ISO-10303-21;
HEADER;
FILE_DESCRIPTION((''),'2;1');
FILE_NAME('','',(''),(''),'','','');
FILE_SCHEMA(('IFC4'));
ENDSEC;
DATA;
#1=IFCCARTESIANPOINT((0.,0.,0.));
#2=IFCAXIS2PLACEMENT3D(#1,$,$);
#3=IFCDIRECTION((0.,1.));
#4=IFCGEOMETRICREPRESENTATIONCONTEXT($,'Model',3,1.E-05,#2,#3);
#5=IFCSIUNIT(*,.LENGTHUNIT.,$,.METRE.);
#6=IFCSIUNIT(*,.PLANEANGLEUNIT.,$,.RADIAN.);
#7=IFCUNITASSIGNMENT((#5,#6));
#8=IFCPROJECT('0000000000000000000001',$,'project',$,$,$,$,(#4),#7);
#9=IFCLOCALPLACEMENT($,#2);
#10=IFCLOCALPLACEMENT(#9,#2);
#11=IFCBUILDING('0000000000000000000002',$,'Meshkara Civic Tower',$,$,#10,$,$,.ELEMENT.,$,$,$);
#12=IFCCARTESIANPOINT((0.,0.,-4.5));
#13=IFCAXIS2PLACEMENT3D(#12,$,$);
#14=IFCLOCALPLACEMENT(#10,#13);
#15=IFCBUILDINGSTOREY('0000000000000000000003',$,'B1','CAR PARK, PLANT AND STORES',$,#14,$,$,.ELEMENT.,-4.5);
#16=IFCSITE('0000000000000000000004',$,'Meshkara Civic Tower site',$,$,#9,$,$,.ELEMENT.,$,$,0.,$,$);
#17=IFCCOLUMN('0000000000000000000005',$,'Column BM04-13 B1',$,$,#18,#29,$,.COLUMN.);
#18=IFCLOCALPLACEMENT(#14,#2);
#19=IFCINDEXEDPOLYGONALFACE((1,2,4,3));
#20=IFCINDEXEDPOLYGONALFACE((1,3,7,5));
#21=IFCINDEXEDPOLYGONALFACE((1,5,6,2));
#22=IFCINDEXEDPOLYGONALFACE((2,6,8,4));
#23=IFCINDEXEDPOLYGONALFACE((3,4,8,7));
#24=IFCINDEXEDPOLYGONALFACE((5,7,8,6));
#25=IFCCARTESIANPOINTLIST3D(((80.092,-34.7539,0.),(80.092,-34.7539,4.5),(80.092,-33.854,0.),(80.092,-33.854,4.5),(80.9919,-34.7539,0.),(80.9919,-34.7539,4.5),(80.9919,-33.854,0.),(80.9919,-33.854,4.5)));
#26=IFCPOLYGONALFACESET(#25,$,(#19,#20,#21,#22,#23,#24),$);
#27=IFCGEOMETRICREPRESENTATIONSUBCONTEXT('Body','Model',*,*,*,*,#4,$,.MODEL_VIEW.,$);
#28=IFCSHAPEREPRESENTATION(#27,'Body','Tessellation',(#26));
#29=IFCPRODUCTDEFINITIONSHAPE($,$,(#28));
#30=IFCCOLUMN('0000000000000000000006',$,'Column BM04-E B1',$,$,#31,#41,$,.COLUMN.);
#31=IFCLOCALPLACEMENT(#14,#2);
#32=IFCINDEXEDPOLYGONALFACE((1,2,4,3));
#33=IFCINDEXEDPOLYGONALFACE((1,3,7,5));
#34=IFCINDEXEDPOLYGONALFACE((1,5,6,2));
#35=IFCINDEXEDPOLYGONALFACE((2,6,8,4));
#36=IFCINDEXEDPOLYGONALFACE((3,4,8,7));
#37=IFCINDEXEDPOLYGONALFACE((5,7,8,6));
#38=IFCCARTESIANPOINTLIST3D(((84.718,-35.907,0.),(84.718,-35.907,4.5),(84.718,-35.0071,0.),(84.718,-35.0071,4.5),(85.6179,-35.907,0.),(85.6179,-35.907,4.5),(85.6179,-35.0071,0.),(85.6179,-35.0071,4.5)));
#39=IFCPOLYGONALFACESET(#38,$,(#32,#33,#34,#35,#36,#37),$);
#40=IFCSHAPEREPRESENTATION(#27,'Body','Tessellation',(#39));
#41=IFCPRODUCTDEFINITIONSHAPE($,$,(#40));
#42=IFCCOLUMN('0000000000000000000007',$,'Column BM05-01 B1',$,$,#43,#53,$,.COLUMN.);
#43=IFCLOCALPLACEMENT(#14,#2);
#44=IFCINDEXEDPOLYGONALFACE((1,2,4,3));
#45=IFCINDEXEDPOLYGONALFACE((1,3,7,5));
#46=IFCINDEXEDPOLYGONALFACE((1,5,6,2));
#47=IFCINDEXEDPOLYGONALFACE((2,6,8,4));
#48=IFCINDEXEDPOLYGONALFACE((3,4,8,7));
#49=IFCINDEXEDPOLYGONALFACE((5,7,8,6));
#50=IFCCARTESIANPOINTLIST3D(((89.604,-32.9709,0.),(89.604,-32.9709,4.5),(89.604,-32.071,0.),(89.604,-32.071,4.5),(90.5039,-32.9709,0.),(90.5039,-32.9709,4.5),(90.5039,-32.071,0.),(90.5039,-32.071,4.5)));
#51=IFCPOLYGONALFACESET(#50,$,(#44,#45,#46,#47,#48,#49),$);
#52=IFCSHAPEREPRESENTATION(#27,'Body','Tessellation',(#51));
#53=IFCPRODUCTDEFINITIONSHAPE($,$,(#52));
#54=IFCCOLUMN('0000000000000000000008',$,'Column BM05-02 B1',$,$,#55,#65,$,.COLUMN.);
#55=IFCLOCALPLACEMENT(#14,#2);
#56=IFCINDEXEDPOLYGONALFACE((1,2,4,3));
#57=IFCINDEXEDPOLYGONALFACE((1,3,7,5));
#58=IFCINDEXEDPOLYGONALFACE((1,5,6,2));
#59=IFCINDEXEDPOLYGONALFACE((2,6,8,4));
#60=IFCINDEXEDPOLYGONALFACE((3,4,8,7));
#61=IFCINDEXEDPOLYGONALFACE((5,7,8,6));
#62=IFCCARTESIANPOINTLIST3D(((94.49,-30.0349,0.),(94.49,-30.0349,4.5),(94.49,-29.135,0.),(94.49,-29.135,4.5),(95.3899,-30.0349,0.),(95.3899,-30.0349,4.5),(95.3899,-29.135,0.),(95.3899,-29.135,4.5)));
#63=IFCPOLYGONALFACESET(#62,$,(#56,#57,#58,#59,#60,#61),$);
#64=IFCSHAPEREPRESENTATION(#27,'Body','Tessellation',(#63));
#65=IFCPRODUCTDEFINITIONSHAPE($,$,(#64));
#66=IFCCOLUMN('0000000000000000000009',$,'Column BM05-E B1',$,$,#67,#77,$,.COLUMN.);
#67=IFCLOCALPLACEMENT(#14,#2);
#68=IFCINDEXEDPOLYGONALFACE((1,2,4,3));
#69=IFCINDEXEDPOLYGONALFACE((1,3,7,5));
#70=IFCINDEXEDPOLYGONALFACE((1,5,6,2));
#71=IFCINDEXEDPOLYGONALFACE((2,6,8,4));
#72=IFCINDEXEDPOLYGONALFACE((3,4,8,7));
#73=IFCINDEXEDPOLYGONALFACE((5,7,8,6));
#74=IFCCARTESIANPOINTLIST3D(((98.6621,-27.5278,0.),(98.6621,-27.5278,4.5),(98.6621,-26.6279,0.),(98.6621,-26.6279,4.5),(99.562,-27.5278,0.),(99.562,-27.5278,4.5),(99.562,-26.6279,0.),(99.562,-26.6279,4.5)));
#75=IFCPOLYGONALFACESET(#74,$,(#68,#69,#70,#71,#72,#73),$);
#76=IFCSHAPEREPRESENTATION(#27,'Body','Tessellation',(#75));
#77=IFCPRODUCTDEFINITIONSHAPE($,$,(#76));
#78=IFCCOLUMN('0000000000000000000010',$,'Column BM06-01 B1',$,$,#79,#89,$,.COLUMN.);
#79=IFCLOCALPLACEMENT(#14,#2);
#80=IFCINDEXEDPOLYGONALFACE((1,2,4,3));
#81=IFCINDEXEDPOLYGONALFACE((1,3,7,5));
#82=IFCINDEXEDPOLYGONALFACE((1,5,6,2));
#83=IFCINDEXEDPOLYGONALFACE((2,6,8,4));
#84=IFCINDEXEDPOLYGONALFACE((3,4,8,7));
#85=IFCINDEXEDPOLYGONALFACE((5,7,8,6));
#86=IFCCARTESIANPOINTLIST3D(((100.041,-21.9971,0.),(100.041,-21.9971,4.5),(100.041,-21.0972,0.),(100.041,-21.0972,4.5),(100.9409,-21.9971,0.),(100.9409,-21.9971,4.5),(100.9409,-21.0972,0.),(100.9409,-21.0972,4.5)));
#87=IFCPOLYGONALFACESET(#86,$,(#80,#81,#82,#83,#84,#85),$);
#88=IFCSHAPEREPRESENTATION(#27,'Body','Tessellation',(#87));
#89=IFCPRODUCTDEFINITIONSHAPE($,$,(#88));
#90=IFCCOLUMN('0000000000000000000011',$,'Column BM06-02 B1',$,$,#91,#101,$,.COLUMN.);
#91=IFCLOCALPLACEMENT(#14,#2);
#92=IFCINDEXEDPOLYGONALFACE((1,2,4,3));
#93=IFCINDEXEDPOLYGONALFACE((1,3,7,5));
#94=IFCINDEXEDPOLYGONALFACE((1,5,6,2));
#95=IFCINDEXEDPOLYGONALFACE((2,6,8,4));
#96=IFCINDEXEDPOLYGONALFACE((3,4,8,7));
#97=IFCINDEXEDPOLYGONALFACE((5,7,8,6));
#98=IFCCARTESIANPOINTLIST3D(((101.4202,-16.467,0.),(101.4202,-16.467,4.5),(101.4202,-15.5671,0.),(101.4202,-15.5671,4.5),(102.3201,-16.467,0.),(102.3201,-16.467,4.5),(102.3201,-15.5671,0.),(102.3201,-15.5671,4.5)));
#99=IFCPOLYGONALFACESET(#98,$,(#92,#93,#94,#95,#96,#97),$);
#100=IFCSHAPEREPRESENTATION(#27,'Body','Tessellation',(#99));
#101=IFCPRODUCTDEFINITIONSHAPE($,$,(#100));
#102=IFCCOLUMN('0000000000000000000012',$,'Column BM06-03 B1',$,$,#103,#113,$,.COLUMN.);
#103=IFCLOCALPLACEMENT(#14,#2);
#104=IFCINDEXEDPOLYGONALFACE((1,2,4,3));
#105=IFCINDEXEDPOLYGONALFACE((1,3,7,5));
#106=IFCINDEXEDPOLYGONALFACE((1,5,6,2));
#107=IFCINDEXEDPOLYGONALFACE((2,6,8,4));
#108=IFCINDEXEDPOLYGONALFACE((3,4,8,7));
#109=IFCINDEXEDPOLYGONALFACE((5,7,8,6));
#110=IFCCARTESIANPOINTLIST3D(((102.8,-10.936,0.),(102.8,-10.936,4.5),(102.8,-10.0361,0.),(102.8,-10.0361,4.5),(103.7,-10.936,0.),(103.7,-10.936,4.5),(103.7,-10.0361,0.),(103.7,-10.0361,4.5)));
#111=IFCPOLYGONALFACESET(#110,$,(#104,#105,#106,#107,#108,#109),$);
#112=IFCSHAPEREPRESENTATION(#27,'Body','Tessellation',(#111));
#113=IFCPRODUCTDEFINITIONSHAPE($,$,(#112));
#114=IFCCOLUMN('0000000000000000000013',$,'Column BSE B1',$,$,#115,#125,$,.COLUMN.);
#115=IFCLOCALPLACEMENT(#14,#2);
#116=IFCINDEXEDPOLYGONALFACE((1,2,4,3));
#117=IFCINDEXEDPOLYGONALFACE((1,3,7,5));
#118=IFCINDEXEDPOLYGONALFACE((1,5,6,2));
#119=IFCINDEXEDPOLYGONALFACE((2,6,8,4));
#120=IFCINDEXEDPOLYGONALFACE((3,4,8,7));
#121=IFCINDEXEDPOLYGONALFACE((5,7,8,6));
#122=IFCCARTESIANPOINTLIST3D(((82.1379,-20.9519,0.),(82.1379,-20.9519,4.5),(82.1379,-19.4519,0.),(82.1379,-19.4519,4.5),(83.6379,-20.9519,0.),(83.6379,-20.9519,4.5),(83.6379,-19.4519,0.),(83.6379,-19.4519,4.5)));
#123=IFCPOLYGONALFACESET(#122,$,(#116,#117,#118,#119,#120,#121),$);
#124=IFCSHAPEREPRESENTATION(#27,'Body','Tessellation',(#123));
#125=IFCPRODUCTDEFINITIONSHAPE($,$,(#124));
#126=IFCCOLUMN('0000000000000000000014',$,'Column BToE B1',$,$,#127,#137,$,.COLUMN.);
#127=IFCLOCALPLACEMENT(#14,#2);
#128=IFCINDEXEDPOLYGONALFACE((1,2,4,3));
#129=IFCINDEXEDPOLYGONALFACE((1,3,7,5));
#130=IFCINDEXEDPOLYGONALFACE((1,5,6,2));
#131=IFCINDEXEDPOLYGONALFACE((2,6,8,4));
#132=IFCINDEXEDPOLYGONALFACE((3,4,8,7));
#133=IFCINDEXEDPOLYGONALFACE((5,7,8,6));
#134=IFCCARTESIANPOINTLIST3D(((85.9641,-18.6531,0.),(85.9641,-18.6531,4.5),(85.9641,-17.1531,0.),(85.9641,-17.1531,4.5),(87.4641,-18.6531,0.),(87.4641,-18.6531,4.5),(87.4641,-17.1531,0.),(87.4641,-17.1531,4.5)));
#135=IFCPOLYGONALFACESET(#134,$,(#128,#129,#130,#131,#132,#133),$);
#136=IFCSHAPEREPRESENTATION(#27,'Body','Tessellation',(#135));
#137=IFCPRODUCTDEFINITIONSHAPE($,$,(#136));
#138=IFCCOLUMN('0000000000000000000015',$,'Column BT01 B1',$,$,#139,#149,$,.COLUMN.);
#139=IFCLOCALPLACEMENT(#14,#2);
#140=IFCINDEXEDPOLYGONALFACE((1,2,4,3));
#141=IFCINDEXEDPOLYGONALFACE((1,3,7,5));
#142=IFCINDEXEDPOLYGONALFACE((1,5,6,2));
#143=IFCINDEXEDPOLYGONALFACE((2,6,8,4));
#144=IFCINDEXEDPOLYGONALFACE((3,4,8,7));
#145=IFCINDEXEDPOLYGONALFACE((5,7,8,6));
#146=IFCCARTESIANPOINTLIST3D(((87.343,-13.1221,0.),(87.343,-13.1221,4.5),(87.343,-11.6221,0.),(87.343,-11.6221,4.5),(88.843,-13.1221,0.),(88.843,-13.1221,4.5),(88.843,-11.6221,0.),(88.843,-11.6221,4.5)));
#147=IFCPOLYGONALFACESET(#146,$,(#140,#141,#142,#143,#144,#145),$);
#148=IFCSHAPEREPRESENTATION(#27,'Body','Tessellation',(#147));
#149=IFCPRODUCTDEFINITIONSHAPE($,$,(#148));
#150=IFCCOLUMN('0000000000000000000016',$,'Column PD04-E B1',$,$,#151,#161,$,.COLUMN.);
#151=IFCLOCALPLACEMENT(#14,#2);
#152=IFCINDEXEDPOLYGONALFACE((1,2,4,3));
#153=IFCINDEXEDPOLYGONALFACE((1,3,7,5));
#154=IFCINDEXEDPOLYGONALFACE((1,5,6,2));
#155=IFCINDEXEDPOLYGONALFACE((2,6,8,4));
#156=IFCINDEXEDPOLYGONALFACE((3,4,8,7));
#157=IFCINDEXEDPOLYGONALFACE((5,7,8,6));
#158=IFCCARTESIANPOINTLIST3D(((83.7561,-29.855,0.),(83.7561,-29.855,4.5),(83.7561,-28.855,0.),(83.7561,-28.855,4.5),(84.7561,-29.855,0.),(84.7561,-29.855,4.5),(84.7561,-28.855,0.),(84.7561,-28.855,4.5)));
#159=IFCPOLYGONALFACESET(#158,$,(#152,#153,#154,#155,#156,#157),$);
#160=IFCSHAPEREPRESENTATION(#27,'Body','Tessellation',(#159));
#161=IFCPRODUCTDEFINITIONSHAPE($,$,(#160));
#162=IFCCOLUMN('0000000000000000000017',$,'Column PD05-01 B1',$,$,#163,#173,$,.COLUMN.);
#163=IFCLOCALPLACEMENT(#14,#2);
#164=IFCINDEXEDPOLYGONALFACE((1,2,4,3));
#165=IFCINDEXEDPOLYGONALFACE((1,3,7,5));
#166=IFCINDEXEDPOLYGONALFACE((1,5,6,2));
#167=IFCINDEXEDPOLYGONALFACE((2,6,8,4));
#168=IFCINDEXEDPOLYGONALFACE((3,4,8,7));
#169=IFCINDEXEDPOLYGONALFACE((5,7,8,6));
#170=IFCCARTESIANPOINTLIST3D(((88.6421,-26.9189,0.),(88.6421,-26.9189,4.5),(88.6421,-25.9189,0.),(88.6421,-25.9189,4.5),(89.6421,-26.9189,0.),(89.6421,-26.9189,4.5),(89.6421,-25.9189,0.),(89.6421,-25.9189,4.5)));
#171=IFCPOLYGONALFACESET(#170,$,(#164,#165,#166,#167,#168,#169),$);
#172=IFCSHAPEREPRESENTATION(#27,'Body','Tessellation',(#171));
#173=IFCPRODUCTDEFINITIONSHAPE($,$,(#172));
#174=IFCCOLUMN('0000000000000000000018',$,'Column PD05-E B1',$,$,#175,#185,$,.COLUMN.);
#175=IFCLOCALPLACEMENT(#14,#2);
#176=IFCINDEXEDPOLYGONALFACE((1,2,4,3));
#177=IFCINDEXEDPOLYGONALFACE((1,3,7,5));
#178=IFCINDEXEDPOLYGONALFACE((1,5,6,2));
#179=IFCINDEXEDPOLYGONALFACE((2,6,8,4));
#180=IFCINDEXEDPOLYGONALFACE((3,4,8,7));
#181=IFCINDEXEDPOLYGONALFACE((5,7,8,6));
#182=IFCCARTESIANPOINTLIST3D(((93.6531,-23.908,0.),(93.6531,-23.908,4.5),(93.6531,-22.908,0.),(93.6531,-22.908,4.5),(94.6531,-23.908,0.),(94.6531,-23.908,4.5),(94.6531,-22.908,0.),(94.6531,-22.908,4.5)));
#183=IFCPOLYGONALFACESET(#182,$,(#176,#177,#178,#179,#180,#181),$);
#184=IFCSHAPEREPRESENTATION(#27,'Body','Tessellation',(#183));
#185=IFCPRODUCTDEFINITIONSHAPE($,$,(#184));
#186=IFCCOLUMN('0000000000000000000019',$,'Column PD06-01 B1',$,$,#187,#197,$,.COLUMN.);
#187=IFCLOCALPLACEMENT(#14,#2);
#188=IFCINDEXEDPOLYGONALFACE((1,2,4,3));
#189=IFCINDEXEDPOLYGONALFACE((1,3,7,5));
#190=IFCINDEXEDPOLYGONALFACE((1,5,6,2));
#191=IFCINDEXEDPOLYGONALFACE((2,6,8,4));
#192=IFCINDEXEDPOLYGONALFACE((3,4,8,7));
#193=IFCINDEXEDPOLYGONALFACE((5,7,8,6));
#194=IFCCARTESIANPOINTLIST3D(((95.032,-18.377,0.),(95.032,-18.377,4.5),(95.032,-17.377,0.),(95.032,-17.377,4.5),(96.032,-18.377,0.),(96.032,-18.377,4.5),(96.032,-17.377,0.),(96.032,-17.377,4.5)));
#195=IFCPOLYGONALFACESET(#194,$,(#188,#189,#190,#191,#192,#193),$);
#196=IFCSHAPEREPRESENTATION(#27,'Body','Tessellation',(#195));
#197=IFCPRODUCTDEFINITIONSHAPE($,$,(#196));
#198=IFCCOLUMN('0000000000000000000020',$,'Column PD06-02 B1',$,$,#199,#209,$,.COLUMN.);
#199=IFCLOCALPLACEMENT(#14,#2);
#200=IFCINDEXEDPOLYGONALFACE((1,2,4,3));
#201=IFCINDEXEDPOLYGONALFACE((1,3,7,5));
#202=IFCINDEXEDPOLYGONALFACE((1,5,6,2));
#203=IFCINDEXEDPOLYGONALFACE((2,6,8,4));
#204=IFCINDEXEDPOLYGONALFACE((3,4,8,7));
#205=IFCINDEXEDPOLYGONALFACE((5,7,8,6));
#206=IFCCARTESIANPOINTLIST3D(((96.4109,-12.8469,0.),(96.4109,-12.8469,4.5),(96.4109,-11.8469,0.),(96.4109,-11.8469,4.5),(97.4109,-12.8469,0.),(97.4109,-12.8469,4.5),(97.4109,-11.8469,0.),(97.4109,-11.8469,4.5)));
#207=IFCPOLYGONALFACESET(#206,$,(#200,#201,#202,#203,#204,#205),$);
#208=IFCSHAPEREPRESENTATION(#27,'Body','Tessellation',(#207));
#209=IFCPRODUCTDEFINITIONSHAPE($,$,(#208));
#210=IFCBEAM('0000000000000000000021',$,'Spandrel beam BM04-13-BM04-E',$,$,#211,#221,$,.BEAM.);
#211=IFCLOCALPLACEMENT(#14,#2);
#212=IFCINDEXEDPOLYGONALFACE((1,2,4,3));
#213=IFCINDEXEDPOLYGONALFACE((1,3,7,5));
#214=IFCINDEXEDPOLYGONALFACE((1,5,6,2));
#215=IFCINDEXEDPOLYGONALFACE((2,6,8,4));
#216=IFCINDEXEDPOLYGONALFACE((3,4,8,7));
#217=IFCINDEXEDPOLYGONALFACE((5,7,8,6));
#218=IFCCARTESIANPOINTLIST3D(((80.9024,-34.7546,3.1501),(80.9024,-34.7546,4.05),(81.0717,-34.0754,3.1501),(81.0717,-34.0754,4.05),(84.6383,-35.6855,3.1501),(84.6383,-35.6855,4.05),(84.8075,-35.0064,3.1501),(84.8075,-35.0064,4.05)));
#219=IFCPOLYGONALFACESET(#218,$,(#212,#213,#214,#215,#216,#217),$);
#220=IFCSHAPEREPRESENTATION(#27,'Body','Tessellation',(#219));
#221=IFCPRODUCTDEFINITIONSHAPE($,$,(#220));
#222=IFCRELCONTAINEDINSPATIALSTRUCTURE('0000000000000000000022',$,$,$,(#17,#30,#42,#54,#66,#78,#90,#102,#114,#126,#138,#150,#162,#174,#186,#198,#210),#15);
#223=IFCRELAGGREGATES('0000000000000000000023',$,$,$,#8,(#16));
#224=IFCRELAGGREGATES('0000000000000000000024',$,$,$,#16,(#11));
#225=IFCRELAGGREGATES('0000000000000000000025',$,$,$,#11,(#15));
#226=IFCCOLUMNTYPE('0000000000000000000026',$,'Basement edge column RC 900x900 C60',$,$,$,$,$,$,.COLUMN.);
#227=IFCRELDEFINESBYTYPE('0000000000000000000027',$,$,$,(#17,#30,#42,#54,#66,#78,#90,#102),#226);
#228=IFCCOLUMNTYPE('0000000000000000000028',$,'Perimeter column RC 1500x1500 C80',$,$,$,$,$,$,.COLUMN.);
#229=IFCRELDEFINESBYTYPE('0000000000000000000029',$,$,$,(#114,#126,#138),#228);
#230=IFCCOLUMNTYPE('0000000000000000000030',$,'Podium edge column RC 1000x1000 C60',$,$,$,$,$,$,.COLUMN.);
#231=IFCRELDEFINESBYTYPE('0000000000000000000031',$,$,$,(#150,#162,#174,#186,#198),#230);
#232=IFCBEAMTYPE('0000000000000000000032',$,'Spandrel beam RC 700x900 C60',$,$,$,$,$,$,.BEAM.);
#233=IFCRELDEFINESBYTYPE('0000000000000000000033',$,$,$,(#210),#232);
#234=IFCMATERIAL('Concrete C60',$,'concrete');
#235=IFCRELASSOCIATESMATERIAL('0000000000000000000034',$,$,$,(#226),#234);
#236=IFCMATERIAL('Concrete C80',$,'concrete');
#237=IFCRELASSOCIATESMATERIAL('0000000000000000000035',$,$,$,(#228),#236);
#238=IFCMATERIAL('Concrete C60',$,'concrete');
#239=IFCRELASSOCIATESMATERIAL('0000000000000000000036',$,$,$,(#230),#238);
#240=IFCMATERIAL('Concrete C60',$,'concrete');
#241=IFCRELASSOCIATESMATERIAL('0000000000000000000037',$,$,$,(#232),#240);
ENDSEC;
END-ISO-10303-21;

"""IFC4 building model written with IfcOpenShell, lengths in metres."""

from ifc_helpers import new_model, si_unit, direction, frame, origin, origin_2d, place, context, subcontext, project, spatial, rectangle, extrude, material, material_profile, profile_set, type_object, element, save


model = new_model("IFC4")

# Units and contexts
model_context = context("Model", 3, precision=1e-05, world=origin(), true_north=direction((0.0, 1.0)))
body_context = subcontext(model_context, "Body", "Model", "MODEL_VIEW")
ifc_project = project(units=[si_unit("LENGTHUNIT", "METRE"), si_unit("PLANEANGLEUNIT", "RADIAN")], contexts=[model_context])

# Site, building, storey
site_placement = place(None, origin())
site = spatial("IfcSite", under=ifc_project, at=site_placement, Name="Meshkara Civic Tower site", CompositionType="ELEMENT", RefElevation=0.0)
building_placement = place(site_placement, origin())
building = spatial("IfcBuilding", under=site, at=building_placement, Name="Meshkara Civic Tower", CompositionType="ELEMENT")
storey_placement = place(building_placement, frame((0.0, 0.0, -4.5)))
storey = spatial("IfcBuildingStorey", under=building, at=storey_placement, Name="B1", Description="CAR PARK, PLANT AND STORES", CompositionType="ELEMENT", Elevation=-4.5)

# Columns
ifc_material_1 = material(Name="Concrete C60", Category="concrete")
ifc_material_profile_1 = material_profile(ifc_material_1, rectangle(XDim=0.8999, YDim=0.8999, at=origin_2d()))
ifc_profile_set_1 = profile_set([ifc_material_profile_1], Name="Concrete C60")
column_type_1 = type_object("IfcColumnType", Name="Basement edge column RC 900x900 C60", PredefinedType="COLUMN", material=ifc_profile_set_1)
for number, where, z_axis, x_axis, name in (
    (1, (80.542, -34.304, 0.0), (0.0, 0.0, 1.0), (1.0, 0.0, 0.0), "Column BM04-13 B1"),
    (2, (85.168, -35.457, 0.0), (0.0, 0.0, 1.0), (1.0, 0.0, 0.0), "Column BM04-E B1"),
    (3, (90.054, -32.521, 0.0), (0.0, 0.0, 1.0), (1.0, 0.0, 0.0), "Column BM05-01 B1"),
    (4, (94.9399, -29.585, 0.0), (0.0, 0.0, 1.0), (1.0, 0.0, 0.0), "Column BM05-02 B1"),
    (5, (99.1121, -27.0779, 0.0), (0.0, 0.0, 1.0), (1.0, 0.0, 0.0), "Column BM05-E B1"),
    (6, (100.491, -21.5471, 0.0), (0.0, 0.0, 1.0), (1.0, 0.0, 0.0), "Column BM06-01 B1"),
    (7, (101.8701, -16.0171, 0.0), (0.0, 0.0, 1.0), (1.0, 0.0, 0.0), "Column BM06-02 B1"),
    (8, (103.25, -10.4861, 0.0), (0.0, 0.0, 1.0), (1.0, 0.0, 0.0), "Column BM06-03 B1"),
):
    element("IfcColumn", number, at=place(storey_placement, frame(where, z_axis=z_axis, x_axis=x_axis)), inside=storey, type_object=column_type_1, Name=name, PredefinedType="COLUMN", context=body_context, shape_type="SweptSolid", body=[
        extrude(rectangle(XDim=0.8999, YDim=0.8999, at=origin_2d()), origin(), (0.0, 0.0, 1.0), 4.5),
    ])
ifc_material_2 = material(Name="Concrete C80", Category="concrete")
ifc_material_profile_2 = material_profile(ifc_material_2, rectangle(XDim=1.5, YDim=1.5, at=origin_2d()))
ifc_profile_set_2 = profile_set([ifc_material_profile_2], Name="Concrete C80")
column_type_2 = type_object("IfcColumnType", Name="Perimeter column RC 1500x1500 C80", PredefinedType="COLUMN", material=ifc_profile_set_2)
for number, where, z_axis, x_axis, name in (
    (9, (82.8879, -20.2019, 0.0), (0.0, 0.0, 1.0), (1.0, 0.0, 0.0), "Column BSE B1"),
    (10, (86.7141, -17.9031, 0.0), (0.0, 0.0, 1.0), (1.0, 0.0, 0.0), "Column BToE B1"),
    (11, (88.093, -12.3721, 0.0), (0.0, 0.0, 1.0), (1.0, 0.0, 0.0), "Column BT01 B1"),
):
    element("IfcColumn", number, at=place(storey_placement, frame(where, z_axis=z_axis, x_axis=x_axis)), inside=storey, type_object=column_type_2, Name=name, PredefinedType="COLUMN", context=body_context, shape_type="SweptSolid", body=[
        extrude(rectangle(XDim=1.5, YDim=1.5, at=origin_2d()), origin(), (0.0, 0.0, 1.0), 4.5),
    ])
ifc_material_3 = material(Name="Concrete C60", Category="concrete")
ifc_material_profile_3 = material_profile(ifc_material_3, rectangle(XDim=1.0, YDim=1.0, at=origin_2d()))
ifc_profile_set_3 = profile_set([ifc_material_profile_3], Name="Concrete C60")
column_type_3 = type_object("IfcColumnType", Name="Podium edge column RC 1000x1000 C60", PredefinedType="COLUMN", material=ifc_profile_set_3)
for number, where, z_axis, x_axis, name in (
    (12, (84.2561, -29.355, 0.0), (0.0, 0.0, 1.0), (1.0, 0.0, 0.0), "Column PD04-E B1"),
    (13, (89.1421, -26.4189, 0.0), (0.0, 0.0, 1.0), (1.0, 0.0, 0.0), "Column PD05-01 B1"),
    (14, (94.1531, -23.408, 0.0), (0.0, 0.0, 1.0), (1.0, 0.0, 0.0), "Column PD05-E B1"),
    (15, (95.532, -17.877, 0.0), (0.0, 0.0, 1.0), (1.0, 0.0, 0.0), "Column PD06-01 B1"),
    (16, (96.9109, -12.3469, 0.0), (0.0, 0.0, 1.0), (1.0, 0.0, 0.0), "Column PD06-02 B1"),
):
    element("IfcColumn", number, at=place(storey_placement, frame(where, z_axis=z_axis, x_axis=x_axis)), inside=storey, type_object=column_type_3, Name=name, PredefinedType="COLUMN", context=body_context, shape_type="SweptSolid", body=[
        extrude(rectangle(XDim=1.0, YDim=1.0, at=origin_2d()), origin(), (0.0, 0.0, 1.0), 4.5),
    ])

# Beam
ifc_material_4 = material(Name="Concrete C60", Category="concrete")
ifc_material_profile_4 = material_profile(ifc_material_4, rectangle(XDim=0.7, YDim=0.8999, at=origin_2d()))
ifc_profile_set_4 = profile_set([ifc_material_profile_4], Name="Concrete C60")
beam_type = type_object("IfcBeamType", Name="Spandrel beam RC 700x900 C60", PredefinedType="BEAM", material=ifc_profile_set_4)
beam_1_placement = place(storey_placement, frame((80.9871, -34.415, 3.6001), z_axis=(0.970329, -0.24179, 0.0), x_axis=(0.24179, 0.970329, 0.0)))
element("IfcBeam", 17, at=beam_1_placement, inside=storey, type_object=beam_type, Name="Spandrel beam BM04-13-BM04-E", PredefinedType="BEAM", context=body_context, shape_type="SweptSolid", body=[
    extrude(rectangle(XDim=0.7, YDim=0.8999, at=origin_2d()), origin(), (0.0, 0.0, 1.0), 3.8501),
])

save(model, "model.ifc")
